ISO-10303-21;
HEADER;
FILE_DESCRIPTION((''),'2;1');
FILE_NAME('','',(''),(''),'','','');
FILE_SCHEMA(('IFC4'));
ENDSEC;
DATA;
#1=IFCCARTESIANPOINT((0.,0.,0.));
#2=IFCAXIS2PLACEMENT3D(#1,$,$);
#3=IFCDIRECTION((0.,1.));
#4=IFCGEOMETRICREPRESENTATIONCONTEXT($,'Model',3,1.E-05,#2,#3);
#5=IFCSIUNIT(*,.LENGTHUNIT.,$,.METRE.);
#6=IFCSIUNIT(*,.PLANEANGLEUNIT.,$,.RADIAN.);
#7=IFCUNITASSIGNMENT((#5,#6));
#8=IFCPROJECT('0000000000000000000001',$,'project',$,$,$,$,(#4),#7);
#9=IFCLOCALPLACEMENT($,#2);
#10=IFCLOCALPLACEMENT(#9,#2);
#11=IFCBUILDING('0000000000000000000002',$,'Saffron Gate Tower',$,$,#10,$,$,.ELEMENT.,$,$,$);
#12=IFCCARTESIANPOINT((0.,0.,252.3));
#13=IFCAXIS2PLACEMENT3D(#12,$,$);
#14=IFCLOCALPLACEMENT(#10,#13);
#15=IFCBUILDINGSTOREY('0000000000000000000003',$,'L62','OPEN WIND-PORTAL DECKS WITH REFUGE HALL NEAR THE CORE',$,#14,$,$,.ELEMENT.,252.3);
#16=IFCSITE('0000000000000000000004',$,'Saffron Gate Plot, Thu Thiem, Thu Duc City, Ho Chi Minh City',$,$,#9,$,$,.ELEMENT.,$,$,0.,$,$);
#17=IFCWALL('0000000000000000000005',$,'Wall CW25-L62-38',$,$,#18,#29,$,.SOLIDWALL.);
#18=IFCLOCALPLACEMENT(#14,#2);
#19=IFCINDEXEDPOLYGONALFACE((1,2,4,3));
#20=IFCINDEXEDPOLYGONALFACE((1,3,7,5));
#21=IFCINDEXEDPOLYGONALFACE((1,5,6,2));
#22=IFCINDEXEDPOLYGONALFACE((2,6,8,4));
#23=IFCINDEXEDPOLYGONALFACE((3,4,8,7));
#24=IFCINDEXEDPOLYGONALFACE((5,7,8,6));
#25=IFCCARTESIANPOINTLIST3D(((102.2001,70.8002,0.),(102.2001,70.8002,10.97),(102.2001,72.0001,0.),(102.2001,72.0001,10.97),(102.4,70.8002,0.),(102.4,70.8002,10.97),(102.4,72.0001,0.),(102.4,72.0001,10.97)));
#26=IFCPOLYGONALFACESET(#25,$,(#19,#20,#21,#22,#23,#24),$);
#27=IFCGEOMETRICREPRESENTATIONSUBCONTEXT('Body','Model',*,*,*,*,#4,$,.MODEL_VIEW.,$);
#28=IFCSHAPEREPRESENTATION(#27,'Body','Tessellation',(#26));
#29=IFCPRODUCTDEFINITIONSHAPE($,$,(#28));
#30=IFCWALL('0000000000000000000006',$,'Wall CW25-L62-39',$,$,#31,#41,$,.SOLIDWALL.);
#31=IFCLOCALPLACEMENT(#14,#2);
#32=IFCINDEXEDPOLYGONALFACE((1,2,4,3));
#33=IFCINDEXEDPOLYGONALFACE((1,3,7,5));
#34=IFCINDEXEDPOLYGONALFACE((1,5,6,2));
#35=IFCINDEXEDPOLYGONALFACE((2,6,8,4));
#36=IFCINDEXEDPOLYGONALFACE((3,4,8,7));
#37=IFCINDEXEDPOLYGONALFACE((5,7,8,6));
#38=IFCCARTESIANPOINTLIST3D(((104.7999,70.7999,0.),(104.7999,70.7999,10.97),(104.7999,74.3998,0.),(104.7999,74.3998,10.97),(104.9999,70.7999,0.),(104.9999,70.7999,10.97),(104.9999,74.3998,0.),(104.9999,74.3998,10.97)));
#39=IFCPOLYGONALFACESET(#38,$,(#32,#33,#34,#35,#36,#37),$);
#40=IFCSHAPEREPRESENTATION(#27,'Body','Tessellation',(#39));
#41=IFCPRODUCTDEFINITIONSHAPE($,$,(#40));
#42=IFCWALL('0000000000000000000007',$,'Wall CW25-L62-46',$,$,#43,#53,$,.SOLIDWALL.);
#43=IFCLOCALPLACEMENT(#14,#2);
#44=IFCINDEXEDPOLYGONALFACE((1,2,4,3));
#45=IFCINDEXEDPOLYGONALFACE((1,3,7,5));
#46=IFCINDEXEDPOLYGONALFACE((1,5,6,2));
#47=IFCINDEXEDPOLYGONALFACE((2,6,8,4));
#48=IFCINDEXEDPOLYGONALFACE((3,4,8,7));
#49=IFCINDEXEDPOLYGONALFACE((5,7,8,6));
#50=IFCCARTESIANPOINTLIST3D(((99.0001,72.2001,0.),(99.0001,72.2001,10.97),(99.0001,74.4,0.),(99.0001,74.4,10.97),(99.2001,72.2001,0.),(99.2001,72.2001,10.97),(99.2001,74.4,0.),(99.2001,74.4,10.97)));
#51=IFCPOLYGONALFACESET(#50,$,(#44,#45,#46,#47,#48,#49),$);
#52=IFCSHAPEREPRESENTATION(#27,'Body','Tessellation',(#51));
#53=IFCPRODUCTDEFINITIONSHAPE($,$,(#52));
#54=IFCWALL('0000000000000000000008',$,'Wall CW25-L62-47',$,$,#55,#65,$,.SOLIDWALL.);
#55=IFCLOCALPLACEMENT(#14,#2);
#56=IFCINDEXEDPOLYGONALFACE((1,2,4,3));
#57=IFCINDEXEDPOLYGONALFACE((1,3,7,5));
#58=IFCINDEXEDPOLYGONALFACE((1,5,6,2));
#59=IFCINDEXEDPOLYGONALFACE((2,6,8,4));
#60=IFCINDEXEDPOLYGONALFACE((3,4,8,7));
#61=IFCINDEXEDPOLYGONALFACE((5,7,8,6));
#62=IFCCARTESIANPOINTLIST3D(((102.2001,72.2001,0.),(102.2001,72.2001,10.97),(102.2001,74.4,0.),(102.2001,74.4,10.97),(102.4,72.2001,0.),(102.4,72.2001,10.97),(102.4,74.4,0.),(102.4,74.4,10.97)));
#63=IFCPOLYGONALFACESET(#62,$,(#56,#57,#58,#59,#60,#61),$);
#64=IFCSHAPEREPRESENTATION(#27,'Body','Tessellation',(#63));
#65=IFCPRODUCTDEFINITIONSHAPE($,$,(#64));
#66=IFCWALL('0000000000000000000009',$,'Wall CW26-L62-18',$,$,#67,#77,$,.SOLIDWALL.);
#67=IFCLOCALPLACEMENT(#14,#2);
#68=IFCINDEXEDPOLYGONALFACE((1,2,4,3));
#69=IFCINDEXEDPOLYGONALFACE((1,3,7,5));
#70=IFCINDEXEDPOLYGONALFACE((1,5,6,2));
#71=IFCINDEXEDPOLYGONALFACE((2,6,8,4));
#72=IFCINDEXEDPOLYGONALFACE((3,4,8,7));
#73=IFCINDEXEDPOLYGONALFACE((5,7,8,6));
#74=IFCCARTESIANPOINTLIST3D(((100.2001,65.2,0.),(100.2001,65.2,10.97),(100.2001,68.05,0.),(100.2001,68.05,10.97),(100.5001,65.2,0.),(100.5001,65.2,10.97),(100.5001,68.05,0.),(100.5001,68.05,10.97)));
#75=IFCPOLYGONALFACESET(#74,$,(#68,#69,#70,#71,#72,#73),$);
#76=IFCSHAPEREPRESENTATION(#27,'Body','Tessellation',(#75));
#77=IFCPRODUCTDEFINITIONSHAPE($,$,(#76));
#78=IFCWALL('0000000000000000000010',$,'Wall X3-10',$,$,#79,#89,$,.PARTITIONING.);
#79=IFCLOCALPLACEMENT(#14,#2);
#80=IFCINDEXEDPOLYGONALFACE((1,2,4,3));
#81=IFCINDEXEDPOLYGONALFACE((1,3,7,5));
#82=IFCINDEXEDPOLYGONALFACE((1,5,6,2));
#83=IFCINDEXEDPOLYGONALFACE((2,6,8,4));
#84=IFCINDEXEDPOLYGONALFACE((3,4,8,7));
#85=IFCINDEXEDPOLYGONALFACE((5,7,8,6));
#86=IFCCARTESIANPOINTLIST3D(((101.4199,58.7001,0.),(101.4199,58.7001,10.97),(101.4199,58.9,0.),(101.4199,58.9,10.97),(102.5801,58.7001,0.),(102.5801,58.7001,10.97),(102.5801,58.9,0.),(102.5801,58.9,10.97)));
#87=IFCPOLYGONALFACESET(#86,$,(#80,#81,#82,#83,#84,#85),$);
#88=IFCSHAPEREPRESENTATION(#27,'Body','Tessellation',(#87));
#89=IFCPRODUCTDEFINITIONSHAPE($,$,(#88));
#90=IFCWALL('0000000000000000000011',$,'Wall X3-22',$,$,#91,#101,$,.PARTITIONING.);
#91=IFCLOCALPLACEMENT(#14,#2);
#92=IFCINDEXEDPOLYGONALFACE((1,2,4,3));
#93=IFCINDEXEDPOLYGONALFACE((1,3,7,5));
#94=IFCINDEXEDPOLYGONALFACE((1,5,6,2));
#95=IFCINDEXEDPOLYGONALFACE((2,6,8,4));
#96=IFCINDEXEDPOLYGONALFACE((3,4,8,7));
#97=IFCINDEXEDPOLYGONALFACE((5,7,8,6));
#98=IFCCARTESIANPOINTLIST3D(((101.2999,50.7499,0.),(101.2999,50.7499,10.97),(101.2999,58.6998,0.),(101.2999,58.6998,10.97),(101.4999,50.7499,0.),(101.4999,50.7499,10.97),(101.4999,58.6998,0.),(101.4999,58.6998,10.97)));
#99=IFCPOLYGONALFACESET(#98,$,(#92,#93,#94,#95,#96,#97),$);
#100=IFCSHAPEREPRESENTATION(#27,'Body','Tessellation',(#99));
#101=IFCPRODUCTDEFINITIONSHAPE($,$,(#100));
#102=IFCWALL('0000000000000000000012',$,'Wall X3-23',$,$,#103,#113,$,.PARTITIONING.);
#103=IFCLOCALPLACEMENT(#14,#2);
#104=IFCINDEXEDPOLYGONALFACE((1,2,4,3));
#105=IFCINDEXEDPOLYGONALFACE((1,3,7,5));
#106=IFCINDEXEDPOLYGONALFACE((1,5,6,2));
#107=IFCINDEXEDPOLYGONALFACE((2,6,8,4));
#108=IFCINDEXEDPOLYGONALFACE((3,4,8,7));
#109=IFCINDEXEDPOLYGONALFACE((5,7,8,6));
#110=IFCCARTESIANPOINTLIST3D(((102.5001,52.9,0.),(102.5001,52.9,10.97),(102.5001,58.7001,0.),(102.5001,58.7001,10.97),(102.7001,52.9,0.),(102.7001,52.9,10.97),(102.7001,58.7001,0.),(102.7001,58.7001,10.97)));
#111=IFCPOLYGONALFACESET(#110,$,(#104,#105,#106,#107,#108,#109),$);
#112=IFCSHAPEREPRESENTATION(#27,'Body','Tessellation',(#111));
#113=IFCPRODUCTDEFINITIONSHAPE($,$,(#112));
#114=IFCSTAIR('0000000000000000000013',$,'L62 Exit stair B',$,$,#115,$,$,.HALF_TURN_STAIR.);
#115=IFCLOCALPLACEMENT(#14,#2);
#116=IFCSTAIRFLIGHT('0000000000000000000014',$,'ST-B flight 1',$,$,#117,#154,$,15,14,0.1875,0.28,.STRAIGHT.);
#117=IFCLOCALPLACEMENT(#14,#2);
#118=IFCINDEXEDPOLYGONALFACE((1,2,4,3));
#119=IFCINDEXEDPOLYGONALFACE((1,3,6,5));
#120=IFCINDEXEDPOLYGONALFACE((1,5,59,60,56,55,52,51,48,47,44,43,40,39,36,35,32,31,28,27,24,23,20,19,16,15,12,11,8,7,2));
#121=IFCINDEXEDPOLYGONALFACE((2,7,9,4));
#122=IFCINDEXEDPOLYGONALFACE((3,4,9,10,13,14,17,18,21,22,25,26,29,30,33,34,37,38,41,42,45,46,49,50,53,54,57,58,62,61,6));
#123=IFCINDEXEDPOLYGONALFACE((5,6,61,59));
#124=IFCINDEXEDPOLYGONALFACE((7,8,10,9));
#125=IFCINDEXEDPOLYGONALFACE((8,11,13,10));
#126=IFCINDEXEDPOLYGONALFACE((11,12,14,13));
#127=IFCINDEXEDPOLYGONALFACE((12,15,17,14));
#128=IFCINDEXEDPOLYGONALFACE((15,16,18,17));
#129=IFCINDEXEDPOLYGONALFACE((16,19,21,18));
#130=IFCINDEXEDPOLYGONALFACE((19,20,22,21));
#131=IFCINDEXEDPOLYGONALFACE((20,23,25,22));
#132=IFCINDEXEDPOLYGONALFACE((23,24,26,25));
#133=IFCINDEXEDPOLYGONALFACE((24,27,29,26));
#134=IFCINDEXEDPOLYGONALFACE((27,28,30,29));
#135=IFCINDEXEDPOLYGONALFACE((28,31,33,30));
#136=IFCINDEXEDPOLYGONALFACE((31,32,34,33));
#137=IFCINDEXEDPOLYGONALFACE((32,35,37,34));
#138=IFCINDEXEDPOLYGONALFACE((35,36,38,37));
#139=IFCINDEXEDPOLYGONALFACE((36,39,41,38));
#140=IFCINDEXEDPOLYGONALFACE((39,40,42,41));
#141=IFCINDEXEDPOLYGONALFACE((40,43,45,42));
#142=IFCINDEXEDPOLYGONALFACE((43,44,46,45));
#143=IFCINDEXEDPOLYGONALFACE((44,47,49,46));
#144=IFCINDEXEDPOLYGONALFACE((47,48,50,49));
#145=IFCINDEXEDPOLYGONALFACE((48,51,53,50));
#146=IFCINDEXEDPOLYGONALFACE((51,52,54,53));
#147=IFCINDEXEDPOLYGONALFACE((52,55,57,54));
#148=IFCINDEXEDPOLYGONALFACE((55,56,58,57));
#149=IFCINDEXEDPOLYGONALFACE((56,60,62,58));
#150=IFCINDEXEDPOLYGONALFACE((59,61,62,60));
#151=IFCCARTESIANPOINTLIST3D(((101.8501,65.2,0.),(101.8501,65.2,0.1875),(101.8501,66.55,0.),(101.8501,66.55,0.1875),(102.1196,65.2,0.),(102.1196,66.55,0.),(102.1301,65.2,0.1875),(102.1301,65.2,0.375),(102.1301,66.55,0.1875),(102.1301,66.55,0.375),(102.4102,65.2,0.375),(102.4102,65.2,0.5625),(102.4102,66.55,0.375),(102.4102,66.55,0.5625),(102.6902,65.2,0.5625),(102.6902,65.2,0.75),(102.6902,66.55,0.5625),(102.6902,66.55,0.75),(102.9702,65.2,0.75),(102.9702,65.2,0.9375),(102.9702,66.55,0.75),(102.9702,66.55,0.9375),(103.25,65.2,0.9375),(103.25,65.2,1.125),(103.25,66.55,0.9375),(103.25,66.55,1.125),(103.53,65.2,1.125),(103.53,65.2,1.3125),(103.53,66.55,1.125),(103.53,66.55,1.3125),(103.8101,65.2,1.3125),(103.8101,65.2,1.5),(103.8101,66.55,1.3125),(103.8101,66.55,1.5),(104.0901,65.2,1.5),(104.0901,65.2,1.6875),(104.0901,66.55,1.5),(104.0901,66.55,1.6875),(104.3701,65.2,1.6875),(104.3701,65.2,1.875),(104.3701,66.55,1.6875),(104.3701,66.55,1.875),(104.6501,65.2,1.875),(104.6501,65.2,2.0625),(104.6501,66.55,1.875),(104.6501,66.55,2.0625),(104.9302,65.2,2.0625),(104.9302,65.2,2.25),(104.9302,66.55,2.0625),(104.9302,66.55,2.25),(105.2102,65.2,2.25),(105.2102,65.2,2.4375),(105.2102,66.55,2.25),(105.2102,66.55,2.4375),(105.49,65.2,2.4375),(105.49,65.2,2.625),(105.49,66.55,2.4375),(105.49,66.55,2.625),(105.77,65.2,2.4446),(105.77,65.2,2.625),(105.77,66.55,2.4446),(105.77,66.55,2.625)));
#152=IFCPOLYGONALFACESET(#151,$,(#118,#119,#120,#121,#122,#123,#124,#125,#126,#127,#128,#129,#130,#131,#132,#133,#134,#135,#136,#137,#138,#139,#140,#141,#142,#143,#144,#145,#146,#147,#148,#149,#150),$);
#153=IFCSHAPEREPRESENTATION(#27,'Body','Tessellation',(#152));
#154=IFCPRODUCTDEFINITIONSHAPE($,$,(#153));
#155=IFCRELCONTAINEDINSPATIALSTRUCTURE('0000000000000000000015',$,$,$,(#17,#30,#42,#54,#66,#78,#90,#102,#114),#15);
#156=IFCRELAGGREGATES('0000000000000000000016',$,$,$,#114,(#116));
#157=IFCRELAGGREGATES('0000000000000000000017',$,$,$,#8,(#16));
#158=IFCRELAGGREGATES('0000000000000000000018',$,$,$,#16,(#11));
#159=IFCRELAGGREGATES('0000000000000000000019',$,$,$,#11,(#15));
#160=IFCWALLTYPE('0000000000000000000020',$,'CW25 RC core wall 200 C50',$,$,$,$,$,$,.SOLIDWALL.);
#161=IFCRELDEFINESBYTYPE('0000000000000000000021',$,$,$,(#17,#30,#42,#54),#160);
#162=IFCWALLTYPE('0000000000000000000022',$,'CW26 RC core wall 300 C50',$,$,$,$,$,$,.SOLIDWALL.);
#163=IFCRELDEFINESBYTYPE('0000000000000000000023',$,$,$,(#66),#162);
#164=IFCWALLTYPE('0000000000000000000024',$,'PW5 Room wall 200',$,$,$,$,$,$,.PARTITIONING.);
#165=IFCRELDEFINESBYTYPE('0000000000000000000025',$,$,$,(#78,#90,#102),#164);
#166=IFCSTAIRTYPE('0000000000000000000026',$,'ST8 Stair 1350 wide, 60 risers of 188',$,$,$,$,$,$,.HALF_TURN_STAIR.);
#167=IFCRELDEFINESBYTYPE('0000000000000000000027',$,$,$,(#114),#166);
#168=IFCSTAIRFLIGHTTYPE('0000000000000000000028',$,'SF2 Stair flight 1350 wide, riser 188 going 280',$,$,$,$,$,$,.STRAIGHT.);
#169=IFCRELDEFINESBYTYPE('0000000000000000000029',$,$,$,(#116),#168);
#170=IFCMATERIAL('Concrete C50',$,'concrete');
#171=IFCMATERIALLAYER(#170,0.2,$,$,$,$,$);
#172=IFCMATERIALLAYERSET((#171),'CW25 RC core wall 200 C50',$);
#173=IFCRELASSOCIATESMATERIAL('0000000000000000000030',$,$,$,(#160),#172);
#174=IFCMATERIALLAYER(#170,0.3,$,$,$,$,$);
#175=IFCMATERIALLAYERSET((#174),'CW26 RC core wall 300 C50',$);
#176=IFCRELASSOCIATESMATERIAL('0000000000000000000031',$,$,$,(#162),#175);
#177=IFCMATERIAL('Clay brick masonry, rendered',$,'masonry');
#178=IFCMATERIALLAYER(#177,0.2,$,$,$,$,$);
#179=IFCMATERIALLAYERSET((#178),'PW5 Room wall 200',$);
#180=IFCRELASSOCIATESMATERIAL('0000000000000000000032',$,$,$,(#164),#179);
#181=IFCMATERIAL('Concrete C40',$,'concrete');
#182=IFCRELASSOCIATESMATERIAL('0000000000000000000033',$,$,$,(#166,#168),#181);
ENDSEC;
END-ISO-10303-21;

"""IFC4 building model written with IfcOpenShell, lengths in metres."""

from ifc_helpers import new_model, si_unit, direction, frame, frame_2d, origin, place, context, subcontext, project, spatial, polyline, rectangle, outline, extrude, material, layer, layer_set, type_object, element, aggregate, save


model = new_model("IFC4")

# Units and contexts
model_context = context("Model", 3, precision=1e-05, world=origin(), true_north=direction((0.0, 1.0)))
body_context = subcontext(model_context, "Body", "Model", "MODEL_VIEW")
ifc_project = project(units=[si_unit("LENGTHUNIT", "METRE"), si_unit("PLANEANGLEUNIT", "RADIAN")], contexts=[model_context])

# Site, building, storey
site_placement = place(None, origin())
site = spatial("IfcSite", under=ifc_project, at=site_placement, Name="Saffron Gate Plot, Thu Thiem, Thu Duc City, Ho Chi Minh City", CompositionType="ELEMENT", RefElevation=0.0)
building_placement = place(site_placement, origin())
building = spatial("IfcBuilding", under=site, at=building_placement, Name="Saffron Gate Tower", CompositionType="ELEMENT")
storey_placement = place(building_placement, frame((0.0, 0.0, 252.3)))
storey = spatial("IfcBuildingStorey", under=building, at=storey_placement, Name="L62", Description="OPEN WIND-PORTAL DECKS WITH REFUGE HALL NEAR THE CORE", CompositionType="ELEMENT", Elevation=252.3)

# Shared definitions
ifc_material_1 = material(Name="Concrete C40", Category="concrete")

# Shared definitions
ifc_material_2 = material(Name="Concrete C50", Category="concrete")

# Walls
ifc_layer_1 = layer(ifc_material_2, 0.2)
ifc_layer_set_1 = layer_set([ifc_layer_1], Name="CW25 RC core wall 200 C50")
wall_type_1 = type_object("IfcWallType", Name="CW25 RC core wall 200 C50", PredefinedType="SOLIDWALL", material=ifc_layer_set_1)
wall_1_placement = place(storey_placement, frame((102.3, 70.8, 0.0), z_axis=(0.0, 0.0, 1.0), x_axis=(0.0, 1.0, 0.0)))
element("IfcWall", 1, at=wall_1_placement, inside=storey, type_object=wall_type_1, Name="Wall CW25-L62-38", PredefinedType="SOLIDWALL", context=body_context, shape_type="SweptSolid", body=[
    extrude(rectangle(XDim=1.2, YDim=0.2, at=frame_2d((0.6001, 0.0))), origin(), (0.0, 0.0, 1.0), 10.97),
])
wall_2_placement = place(storey_placement, frame((104.8999, 70.8, 0.0), z_axis=(0.0, 0.0, 1.0), x_axis=(0.0, 1.0, 0.0)))
element("IfcWall", 2, at=wall_2_placement, inside=storey, type_object=wall_type_1, Name="Wall CW25-L62-39", PredefinedType="SOLIDWALL", context=body_context, shape_type="SweptSolid", body=[
    extrude(rectangle(XDim=3.5999, YDim=0.2, at=frame_2d((1.7998, 0.0))), origin(), (0.0, 0.0, 1.0), 10.97),
])
for number, where, z_axis, x_axis, name in (
    (3, (99.1001, 72.2, 0.0), (0.0, 0.0, 1.0), (0.0, 1.0, 0.0), "Wall CW25-L62-46"),
    (4, (102.3, 72.2, 0.0), (0.0, 0.0, 1.0), (0.0, 1.0, 0.0), "Wall CW25-L62-47"),
):
    element("IfcWall", number, at=place(storey_placement, frame(where, z_axis=z_axis, x_axis=x_axis)), inside=storey, type_object=wall_type_1, Name=name, PredefinedType="SOLIDWALL", context=body_context, shape_type="SweptSolid", body=[
        extrude(rectangle(XDim=2.2, YDim=0.2, at=frame_2d((1.1001, 0.0))), origin(), (0.0, 0.0, 1.0), 10.97),
    ])
ifc_layer_2 = layer(ifc_material_2, 0.3)
ifc_layer_set_2 = layer_set([ifc_layer_2], Name="CW26 RC core wall 300 C50")
wall_type_2 = type_object("IfcWallType", Name="CW26 RC core wall 300 C50", PredefinedType="SOLIDWALL", material=ifc_layer_set_2)
wall_3_placement = place(storey_placement, frame((100.3501, 65.2, 0.0), z_axis=(0.0, 0.0, 1.0), x_axis=(0.0, 1.0, 0.0)))
element("IfcWall", 5, at=wall_3_placement, inside=storey, type_object=wall_type_2, Name="Wall CW26-L62-18", PredefinedType="SOLIDWALL", context=body_context, shape_type="SweptSolid", body=[
    extrude(rectangle(XDim=2.8501, YDim=0.3, at=frame_2d((1.425, 0.0))), origin(), (0.0, 0.0, 1.0), 10.97),
])
ifc_material_3 = material(Name="Clay brick masonry, rendered", Category="masonry")
ifc_layer_3 = layer(ifc_material_3, 0.2)
ifc_layer_set_3 = layer_set([ifc_layer_3], Name="PW5 Room wall 200")
wall_type_3 = type_object("IfcWallType", Name="PW5 Room wall 200", PredefinedType="PARTITIONING", material=ifc_layer_set_3)
wall_4_placement = place(storey_placement, frame((101.4199, 58.8, 0.0), z_axis=(0.0, 0.0, 1.0), x_axis=(1.0, 0.0, 0.0)))
element("IfcWall", 6, at=wall_4_placement, inside=storey, type_object=wall_type_3, Name="Wall X3-10", PredefinedType="PARTITIONING", context=body_context, shape_type="SweptSolid", body=[
    extrude(rectangle(XDim=1.1602, YDim=0.2, at=frame_2d((0.5801, 0.0))), origin(), (0.0, 0.0, 1.0), 10.97),
])
wall_5_placement = place(storey_placement, frame((101.3999, 58.7, 0.0), z_axis=(0.0, 0.0, 1.0), x_axis=(0.0, -1.0, 0.0)))
element("IfcWall", 7, at=wall_5_placement, inside=storey, type_object=wall_type_3, Name="Wall X3-22", PredefinedType="PARTITIONING", context=body_context, shape_type="SweptSolid", body=[
    extrude(rectangle(XDim=7.95, YDim=0.2, at=frame_2d((3.9751, 0.0))), origin(), (0.0, 0.0, 1.0), 10.97),
])
wall_6_placement = place(storey_placement, frame((102.6001, 58.7, 0.0), z_axis=(0.0, 0.0, 1.0), x_axis=(0.0, -1.0, 0.0)))
element("IfcWall", 8, at=wall_6_placement, inside=storey, type_object=wall_type_3, Name="Wall X3-23", PredefinedType="PARTITIONING", context=body_context, shape_type="SweptSolid", body=[
    extrude(rectangle(XDim=5.8, YDim=0.2, at=frame_2d((2.8999, 0.0))), origin(), (0.0, 0.0, 1.0), 10.97),
])

# Stair, stair flight
stair_type = type_object("IfcStairType", Name="ST8 Stair 1350 wide, 60 risers of 188", PredefinedType="HALF_TURN_STAIR", material=ifc_material_1)
stair_placement = place(storey_placement, origin())
stair = element("IfcStair", 9, at=stair_placement, inside=storey, type_object=stair_type, Name="L62 Exit stair B", PredefinedType="HALF_TURN_STAIR")
stair_flight_type = type_object("IfcStairFlightType", Name="SF2 Stair flight 1350 wide, riser 188 going 280", PredefinedType="STRAIGHT", material=ifc_material_1)
stair_flight_1_placement = place(storey_placement, frame((101.8501, 65.875, 0.0), z_axis=(0.0, 0.0, 1.0), x_axis=(1.0, 0.0, 0.0)))
stair_flight_1 = element("IfcStairFlight", 10, at=stair_flight_1_placement, type_object=stair_flight_type, Name="ST-B flight 1", NumberOfRisers=15, NumberOfTreads=14, PredefinedType="STRAIGHT", RiserHeight=0.1875, TreadLength=0.28, context=body_context, shape_type="SweptSolid", body=[
    extrude(outline(polyline([(0.0, 0.0), (0.0, 0.1875), (0.28, 0.1875), (0.28, 0.375), (0.5601, 0.375), (0.5601, 0.5625), (0.8401, 0.5625), (0.8401, 0.75), (1.1201, 0.75), (1.1201, 0.9375), (1.3999, 0.9375), (1.3999, 1.125), (1.6799, 1.125), (1.6799, 1.3125), (1.96, 1.3125), (1.96, 1.5), (2.24, 1.5), (2.24, 1.6875), (2.52, 1.6875), (2.52, 1.875), (2.8, 1.875), (2.8, 2.0625), (3.0801, 2.0625), (3.0801, 2.25), (3.3601, 2.25), (3.3601, 2.4375), (3.6399, 2.4375), (3.6399, 2.625), (3.9199, 2.625), (3.9199, 2.8125), (3.9199, 2.4446), (0.2695, 0.0), (0.0, 0.0)])), frame((0.0, 0.675, 0.0), z_axis=(0.0, -1.0, 0.0), x_axis=(1.0, 0.0, 0.0)), (0.0, 0.0, 1.0), 1.3501),
])
aggregate(stair, [stair_flight_1])

save(model, "model.ifc")
